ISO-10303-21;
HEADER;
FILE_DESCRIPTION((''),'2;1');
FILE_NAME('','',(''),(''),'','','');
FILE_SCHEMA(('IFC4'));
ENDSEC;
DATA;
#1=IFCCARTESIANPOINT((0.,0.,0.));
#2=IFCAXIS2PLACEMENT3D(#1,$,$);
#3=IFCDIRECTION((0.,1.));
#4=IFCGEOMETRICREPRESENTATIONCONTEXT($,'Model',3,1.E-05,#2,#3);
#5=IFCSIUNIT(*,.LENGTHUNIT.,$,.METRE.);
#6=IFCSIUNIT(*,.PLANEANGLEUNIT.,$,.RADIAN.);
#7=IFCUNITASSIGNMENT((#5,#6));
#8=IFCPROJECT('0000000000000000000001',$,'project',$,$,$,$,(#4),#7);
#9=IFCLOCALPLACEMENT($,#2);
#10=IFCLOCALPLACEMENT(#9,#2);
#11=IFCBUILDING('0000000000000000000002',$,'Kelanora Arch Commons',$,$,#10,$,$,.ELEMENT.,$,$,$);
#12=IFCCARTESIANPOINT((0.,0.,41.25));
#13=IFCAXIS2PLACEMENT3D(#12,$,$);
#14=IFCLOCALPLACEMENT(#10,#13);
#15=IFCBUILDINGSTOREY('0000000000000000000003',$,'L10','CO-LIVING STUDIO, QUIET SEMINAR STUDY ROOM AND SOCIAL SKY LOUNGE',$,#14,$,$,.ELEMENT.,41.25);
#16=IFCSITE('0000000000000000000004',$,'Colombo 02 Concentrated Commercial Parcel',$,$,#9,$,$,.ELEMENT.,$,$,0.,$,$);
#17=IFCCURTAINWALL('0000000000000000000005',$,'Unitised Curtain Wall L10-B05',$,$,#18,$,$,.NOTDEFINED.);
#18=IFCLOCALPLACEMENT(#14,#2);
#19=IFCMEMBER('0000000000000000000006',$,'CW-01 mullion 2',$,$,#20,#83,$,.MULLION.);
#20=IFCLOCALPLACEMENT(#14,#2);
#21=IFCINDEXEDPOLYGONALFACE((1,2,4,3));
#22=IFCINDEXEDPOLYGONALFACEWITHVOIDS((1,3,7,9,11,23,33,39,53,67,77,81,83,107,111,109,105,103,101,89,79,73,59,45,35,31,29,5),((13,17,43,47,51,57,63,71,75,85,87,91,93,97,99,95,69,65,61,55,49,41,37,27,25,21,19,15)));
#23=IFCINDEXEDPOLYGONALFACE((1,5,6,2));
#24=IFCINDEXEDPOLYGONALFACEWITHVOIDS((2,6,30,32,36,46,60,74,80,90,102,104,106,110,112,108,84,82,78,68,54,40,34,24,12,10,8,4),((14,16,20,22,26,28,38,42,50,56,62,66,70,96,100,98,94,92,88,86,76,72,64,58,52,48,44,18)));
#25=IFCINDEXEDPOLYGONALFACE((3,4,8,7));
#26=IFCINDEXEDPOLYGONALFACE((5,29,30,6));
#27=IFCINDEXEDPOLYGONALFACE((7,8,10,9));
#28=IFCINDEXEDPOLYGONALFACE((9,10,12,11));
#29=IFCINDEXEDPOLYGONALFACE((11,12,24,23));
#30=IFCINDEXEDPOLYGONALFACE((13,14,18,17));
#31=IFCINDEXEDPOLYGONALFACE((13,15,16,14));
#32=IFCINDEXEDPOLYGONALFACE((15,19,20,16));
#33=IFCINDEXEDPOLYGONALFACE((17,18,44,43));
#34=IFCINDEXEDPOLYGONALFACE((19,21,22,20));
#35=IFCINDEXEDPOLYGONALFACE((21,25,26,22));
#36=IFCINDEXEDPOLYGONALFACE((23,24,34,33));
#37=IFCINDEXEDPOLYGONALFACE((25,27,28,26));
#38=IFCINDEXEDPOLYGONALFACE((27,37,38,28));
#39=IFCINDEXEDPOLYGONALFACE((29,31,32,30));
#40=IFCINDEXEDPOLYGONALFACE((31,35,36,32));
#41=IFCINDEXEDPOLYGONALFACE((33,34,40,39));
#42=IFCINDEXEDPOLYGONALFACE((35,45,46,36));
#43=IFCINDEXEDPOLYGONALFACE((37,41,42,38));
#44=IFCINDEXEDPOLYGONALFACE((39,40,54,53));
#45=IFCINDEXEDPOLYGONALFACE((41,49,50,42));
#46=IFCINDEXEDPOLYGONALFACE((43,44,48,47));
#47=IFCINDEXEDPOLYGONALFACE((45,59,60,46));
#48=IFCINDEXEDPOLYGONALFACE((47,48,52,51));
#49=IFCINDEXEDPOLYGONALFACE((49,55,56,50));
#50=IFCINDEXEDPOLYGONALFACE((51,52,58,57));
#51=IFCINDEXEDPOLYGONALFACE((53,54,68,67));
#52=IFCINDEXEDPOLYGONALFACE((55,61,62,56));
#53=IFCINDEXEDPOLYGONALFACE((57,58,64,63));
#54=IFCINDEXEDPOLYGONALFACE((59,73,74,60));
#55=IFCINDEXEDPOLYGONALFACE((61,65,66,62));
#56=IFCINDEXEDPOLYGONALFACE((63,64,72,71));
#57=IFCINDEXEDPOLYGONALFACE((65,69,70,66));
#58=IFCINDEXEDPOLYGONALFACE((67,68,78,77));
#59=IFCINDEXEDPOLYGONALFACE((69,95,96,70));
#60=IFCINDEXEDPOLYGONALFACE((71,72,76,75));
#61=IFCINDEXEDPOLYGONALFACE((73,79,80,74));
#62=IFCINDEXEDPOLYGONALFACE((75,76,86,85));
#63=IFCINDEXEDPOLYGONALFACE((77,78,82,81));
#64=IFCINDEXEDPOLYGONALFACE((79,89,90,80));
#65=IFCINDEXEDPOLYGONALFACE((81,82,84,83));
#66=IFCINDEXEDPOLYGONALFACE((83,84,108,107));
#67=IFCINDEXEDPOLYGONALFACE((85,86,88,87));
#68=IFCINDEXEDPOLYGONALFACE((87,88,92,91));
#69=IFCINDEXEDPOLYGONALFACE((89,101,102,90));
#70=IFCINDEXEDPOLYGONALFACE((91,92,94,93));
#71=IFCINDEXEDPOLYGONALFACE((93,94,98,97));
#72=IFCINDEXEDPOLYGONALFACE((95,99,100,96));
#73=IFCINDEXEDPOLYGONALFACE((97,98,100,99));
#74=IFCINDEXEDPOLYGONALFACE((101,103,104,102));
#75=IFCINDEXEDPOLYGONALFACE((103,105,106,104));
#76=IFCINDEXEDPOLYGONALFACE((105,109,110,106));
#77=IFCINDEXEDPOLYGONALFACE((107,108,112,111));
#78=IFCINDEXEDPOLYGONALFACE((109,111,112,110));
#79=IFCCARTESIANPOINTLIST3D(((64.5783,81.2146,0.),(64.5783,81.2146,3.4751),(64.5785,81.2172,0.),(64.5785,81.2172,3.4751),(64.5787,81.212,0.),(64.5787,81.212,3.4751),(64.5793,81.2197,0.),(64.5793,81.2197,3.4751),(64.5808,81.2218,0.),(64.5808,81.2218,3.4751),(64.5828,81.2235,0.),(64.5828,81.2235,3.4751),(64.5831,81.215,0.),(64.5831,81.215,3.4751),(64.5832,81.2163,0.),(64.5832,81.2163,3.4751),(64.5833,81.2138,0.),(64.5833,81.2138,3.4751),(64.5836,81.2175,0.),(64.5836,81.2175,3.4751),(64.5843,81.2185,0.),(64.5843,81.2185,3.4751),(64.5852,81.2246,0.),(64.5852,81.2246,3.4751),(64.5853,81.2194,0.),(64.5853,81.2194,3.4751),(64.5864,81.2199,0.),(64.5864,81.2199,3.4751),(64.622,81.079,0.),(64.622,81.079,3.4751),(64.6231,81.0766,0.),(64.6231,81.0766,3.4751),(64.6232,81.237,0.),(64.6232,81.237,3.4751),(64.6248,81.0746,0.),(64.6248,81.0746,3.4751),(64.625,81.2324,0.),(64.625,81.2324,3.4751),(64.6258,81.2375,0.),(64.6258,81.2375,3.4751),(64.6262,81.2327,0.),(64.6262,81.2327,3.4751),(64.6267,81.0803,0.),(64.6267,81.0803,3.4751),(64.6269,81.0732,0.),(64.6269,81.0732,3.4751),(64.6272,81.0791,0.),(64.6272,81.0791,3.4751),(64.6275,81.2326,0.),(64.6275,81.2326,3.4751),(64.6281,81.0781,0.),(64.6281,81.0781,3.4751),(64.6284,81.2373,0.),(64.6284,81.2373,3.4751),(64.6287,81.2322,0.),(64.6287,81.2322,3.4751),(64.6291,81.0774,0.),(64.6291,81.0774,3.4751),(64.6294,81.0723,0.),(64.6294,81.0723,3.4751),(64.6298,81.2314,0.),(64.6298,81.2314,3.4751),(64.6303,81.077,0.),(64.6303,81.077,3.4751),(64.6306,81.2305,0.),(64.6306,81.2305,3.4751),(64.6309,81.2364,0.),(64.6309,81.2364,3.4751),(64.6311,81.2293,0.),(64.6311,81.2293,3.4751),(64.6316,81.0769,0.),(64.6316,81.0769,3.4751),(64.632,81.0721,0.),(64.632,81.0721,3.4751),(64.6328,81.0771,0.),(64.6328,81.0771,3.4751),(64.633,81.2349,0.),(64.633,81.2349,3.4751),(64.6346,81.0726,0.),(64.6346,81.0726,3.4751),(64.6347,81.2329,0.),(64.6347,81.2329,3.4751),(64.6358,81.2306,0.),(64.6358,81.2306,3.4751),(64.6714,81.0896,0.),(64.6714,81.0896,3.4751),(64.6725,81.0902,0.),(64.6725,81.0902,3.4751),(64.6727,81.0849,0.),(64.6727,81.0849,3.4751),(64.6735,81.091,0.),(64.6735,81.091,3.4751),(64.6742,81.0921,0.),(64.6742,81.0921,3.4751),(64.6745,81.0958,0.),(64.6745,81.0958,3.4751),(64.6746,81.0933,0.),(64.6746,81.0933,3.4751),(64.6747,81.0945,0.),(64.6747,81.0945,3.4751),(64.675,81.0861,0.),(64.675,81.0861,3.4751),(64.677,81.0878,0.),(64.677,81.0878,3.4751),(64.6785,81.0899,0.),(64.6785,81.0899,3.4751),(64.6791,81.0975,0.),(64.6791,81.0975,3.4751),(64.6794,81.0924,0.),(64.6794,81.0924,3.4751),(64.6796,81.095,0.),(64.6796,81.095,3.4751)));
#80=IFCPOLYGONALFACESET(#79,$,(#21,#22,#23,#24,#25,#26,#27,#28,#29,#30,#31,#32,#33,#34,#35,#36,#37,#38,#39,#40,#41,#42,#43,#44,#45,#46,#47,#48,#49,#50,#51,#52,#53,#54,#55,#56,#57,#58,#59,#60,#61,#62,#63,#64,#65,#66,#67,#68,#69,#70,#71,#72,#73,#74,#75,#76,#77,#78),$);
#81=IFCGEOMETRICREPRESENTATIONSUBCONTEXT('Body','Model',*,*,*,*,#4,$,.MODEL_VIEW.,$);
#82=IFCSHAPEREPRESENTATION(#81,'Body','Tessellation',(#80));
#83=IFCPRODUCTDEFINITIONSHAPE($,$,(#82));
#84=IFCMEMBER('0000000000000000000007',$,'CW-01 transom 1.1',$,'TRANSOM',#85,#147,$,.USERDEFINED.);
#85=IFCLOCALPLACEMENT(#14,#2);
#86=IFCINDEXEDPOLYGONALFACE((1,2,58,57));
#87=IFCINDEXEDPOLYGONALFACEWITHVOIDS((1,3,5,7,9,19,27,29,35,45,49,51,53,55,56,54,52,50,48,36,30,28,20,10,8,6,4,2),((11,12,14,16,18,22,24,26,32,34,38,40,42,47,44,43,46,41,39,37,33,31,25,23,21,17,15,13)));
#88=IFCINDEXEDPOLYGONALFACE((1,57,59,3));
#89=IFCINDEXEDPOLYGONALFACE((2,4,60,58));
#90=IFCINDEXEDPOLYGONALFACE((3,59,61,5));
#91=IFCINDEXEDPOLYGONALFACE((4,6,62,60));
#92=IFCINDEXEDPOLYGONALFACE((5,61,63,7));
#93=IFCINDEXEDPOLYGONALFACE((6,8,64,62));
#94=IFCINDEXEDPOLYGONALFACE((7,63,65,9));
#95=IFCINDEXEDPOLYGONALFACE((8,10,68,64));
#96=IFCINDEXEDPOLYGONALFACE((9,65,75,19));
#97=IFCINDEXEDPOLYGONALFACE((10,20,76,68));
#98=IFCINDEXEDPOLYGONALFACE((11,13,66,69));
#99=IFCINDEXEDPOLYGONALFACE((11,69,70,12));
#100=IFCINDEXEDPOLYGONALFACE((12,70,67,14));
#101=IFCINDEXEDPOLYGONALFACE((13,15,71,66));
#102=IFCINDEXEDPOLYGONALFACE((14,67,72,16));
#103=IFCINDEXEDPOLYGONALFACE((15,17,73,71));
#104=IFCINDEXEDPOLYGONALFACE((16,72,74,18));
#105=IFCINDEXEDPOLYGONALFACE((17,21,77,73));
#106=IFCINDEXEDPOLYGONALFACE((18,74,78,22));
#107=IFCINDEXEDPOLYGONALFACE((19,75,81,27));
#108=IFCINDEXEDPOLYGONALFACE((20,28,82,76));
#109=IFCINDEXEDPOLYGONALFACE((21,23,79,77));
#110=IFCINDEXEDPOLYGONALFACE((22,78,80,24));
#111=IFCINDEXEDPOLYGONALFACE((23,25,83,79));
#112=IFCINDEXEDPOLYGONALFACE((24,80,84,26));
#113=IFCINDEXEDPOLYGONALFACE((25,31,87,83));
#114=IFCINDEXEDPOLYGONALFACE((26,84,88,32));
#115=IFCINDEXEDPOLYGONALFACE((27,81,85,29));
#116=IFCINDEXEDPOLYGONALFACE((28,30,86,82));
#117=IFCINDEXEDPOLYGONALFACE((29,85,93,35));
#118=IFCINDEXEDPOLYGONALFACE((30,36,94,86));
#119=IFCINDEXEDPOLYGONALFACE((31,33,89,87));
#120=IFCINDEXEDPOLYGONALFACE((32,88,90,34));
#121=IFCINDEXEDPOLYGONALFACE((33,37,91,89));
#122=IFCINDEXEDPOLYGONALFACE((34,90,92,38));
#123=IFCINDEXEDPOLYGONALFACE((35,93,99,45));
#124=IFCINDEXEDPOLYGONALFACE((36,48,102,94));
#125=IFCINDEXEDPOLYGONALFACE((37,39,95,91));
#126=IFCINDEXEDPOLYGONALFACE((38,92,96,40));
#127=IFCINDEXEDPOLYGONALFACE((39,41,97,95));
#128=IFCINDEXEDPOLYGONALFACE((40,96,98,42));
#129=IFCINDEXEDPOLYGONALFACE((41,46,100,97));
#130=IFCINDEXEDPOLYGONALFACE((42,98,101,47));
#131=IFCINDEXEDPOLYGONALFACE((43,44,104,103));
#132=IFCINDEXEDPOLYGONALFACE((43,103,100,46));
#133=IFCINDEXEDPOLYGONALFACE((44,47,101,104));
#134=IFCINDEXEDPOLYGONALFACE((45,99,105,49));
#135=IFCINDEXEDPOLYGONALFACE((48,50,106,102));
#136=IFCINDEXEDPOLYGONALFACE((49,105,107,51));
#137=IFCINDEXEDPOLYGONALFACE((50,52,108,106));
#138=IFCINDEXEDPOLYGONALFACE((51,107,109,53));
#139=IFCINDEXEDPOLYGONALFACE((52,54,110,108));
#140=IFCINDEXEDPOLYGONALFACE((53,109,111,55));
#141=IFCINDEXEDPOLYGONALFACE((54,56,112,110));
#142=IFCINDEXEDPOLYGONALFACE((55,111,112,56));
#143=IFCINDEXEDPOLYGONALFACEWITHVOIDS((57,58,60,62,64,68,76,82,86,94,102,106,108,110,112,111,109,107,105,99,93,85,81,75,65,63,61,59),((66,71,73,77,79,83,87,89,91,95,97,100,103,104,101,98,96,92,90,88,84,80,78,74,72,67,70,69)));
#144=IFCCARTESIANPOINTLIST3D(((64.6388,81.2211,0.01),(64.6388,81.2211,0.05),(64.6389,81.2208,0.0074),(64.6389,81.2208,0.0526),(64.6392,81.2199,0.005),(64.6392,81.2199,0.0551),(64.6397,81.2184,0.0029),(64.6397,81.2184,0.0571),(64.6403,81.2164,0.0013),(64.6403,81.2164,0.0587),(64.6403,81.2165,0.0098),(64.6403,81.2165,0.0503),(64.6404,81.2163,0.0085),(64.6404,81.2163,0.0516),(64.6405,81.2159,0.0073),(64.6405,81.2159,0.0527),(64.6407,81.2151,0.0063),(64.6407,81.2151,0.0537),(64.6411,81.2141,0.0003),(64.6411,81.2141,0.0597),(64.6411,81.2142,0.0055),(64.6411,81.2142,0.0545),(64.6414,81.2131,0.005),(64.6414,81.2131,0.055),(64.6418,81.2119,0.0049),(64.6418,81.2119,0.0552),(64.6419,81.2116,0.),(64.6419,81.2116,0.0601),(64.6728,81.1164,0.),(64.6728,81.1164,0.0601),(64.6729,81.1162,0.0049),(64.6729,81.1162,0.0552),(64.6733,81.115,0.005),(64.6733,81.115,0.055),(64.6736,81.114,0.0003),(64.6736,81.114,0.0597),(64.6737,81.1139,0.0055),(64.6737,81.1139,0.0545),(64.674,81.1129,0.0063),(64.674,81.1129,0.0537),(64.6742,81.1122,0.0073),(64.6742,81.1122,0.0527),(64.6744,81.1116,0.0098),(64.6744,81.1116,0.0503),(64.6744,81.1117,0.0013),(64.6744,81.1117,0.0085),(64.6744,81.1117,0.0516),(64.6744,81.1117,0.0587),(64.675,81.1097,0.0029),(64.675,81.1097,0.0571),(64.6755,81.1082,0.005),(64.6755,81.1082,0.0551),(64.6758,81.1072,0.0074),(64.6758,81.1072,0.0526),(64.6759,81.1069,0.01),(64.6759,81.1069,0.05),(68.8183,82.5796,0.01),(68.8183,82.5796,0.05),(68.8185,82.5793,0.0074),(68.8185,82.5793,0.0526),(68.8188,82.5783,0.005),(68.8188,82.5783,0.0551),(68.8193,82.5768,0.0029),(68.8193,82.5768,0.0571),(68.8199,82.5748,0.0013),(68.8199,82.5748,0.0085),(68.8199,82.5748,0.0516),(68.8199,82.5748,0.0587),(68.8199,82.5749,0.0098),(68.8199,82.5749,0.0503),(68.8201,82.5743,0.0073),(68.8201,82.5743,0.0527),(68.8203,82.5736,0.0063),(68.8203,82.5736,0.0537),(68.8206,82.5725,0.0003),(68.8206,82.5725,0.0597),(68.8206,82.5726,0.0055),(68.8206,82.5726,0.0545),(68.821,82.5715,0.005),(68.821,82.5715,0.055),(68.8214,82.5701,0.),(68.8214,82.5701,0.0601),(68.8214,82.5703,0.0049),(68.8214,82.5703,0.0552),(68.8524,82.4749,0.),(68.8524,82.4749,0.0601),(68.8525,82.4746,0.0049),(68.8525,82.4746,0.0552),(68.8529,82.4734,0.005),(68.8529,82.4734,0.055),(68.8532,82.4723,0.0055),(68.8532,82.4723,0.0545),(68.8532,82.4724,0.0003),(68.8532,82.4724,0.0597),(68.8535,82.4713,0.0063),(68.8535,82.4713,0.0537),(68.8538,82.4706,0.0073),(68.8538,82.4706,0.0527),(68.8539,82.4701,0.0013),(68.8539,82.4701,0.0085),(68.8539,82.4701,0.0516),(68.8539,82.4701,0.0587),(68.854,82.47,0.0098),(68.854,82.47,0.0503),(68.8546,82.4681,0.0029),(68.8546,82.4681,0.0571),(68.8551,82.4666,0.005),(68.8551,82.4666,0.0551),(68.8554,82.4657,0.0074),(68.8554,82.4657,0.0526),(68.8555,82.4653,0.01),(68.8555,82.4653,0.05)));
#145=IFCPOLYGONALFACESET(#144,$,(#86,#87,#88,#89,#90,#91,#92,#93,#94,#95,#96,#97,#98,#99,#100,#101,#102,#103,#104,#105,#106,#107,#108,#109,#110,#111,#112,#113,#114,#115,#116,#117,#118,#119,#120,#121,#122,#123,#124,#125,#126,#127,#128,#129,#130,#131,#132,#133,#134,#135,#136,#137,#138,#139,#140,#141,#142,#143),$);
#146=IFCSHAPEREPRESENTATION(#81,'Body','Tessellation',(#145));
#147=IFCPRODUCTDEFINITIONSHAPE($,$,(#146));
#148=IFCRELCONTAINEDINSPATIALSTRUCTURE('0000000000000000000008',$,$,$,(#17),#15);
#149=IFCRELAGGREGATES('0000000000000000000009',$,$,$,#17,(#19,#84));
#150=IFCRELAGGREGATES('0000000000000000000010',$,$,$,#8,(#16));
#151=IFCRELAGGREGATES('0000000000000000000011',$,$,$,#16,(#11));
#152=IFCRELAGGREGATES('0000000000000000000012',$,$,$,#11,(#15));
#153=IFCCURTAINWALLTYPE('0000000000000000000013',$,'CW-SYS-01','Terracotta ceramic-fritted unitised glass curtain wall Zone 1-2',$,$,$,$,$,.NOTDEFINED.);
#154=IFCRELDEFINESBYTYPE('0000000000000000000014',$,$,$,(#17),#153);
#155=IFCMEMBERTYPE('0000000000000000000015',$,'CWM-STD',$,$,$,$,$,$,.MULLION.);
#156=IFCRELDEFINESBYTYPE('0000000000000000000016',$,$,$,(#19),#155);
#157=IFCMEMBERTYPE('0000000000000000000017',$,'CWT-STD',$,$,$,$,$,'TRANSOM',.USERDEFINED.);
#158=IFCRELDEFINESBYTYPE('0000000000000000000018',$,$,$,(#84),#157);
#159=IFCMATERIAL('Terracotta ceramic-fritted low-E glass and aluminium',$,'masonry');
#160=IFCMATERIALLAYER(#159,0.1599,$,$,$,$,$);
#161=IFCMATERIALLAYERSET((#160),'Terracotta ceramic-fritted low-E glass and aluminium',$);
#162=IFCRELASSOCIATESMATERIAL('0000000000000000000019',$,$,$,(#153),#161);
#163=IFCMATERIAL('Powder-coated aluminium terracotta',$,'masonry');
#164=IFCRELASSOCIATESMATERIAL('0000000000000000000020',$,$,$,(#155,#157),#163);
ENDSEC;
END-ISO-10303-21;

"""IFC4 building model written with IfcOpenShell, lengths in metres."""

from ifc_helpers import new_model, si_unit, direction, frame, origin, origin_2d, place, context, subcontext, project, spatial, hollow_rectangle, extrude, material, layer, layer_set, material_profile, profile_set, type_object, element, aggregate, save


model = new_model("IFC4")

# Units and contexts
model_context = context("Model", 3, precision=1e-05, world=origin(), true_north=direction((0.0, 1.0)))
body_context = subcontext(model_context, "Body", "Model", "MODEL_VIEW")
ifc_project = project(units=[si_unit("LENGTHUNIT", "METRE"), si_unit("PLANEANGLEUNIT", "RADIAN")], contexts=[model_context])

# Site, building, storey
site_placement = place(None, origin())
site = spatial("IfcSite", under=ifc_project, at=site_placement, Name="Colombo 02 Concentrated Commercial Parcel", CompositionType="ELEMENT", RefElevation=0.0)
building_placement = place(site_placement, origin())
building = spatial("IfcBuilding", under=site, at=building_placement, Name="Kelanora Arch Commons", CompositionType="ELEMENT")
storey_placement = place(building_placement, frame((0.0, 0.0, 41.25)))
storey = spatial("IfcBuildingStorey", under=building, at=storey_placement, Name="L10", Description="CO-LIVING STUDIO, QUIET SEMINAR STUDY ROOM AND SOCIAL SKY LOUNGE", CompositionType="ELEMENT", Elevation=41.25)

# Curtain wall, members
ifc_material_1 = material(Name="Terracotta ceramic-fritted low-E glass and aluminium", Category="masonry")
ifc_layer_1 = layer(ifc_material_1, 0.1599)
ifc_layer_set_1 = layer_set([ifc_layer_1], Name="Terracotta ceramic-fritted low-E glass and aluminium")
curtain_wall_type = type_object("IfcCurtainWallType", Name="CW-SYS-01", Description="Terracotta ceramic-fritted unitised glass curtain wall Zone 1-2", PredefinedType="NOTDEFINED", material=ifc_layer_set_1)
curtain_wall_placement = place(storey_placement, origin())
curtain_wall = element("IfcCurtainWall", 1, at=curtain_wall_placement, inside=storey, type_object=curtain_wall_type, Name="Unitised Curtain Wall L10-B05", PredefinedType="NOTDEFINED")
ifc_material_2 = material(Name="Powder-coated aluminium terracotta", Category="masonry")
ifc_material_profile_1 = material_profile(ifc_material_2, hollow_rectangle(XDim=0.1599, YDim=0.0601, WallThickness=0.0049, InnerFilletRadius=0.0049, OuterFilletRadius=0.01, at=origin_2d()), Name="CWM160x60")
ifc_profile_set_1 = profile_set([ifc_material_profile_1], Name="Powder-coated aluminium terracotta")
member_type_1 = type_object("IfcMemberType", Name="CWM-STD", PredefinedType="MULLION", material=ifc_profile_set_1)
member_1_placement = place(storey_placement, frame((64.6289, 81.1548, 0.0), z_axis=(0.0, 0.0, 1.0), x_axis=(0.309058, -0.951043, 0.0)))
member_1 = element("IfcMember", 2, at=member_1_placement, type_object=member_type_1, Name="CW-01 mullion 2", PredefinedType="MULLION", context=body_context, shape_type="SweptSolid", body=[
    extrude(hollow_rectangle(XDim=0.1599, YDim=0.0601, WallThickness=0.0049, InnerFilletRadius=0.0049, OuterFilletRadius=0.01, at=origin_2d()), origin(), (0.0, 0.0, 1.0), 3.4751),
])
ifc_material_profile_2 = material_profile(ifc_material_2, hollow_rectangle(XDim=0.1201, YDim=0.0601, WallThickness=0.0049, InnerFilletRadius=0.0049, OuterFilletRadius=0.01, at=origin_2d()), Name="CWT120x60")
ifc_profile_set_2 = profile_set([ifc_material_profile_2], Name="Powder-coated aluminium terracotta")
member_type_2 = type_object("IfcMemberType", Name="CWT-STD", ElementType="TRANSOM", PredefinedType="USERDEFINED", material=ifc_profile_set_2)
member_2_placement = place(storey_placement, frame((68.8369, 82.5225, 0.03), z_axis=(-0.951029, -0.309102, 0.0), x_axis=(0.309102, -0.951029, 0.0)))
member_2 = element("IfcMember", 3, at=member_2_placement, type_object=member_type_2, Name="CW-01 transom 1.1", ObjectType="TRANSOM", PredefinedType="USERDEFINED", context=body_context, shape_type="SweptSolid", body=[
    extrude(hollow_rectangle(XDim=0.1201, YDim=0.0601, WallThickness=0.0049, InnerFilletRadius=0.0049, OuterFilletRadius=0.01, at=origin_2d()), origin(), (0.0, 0.0, 1.0), 4.3948),
])
aggregate(curtain_wall, [member_1, member_2])

save(model, "model.ifc")
